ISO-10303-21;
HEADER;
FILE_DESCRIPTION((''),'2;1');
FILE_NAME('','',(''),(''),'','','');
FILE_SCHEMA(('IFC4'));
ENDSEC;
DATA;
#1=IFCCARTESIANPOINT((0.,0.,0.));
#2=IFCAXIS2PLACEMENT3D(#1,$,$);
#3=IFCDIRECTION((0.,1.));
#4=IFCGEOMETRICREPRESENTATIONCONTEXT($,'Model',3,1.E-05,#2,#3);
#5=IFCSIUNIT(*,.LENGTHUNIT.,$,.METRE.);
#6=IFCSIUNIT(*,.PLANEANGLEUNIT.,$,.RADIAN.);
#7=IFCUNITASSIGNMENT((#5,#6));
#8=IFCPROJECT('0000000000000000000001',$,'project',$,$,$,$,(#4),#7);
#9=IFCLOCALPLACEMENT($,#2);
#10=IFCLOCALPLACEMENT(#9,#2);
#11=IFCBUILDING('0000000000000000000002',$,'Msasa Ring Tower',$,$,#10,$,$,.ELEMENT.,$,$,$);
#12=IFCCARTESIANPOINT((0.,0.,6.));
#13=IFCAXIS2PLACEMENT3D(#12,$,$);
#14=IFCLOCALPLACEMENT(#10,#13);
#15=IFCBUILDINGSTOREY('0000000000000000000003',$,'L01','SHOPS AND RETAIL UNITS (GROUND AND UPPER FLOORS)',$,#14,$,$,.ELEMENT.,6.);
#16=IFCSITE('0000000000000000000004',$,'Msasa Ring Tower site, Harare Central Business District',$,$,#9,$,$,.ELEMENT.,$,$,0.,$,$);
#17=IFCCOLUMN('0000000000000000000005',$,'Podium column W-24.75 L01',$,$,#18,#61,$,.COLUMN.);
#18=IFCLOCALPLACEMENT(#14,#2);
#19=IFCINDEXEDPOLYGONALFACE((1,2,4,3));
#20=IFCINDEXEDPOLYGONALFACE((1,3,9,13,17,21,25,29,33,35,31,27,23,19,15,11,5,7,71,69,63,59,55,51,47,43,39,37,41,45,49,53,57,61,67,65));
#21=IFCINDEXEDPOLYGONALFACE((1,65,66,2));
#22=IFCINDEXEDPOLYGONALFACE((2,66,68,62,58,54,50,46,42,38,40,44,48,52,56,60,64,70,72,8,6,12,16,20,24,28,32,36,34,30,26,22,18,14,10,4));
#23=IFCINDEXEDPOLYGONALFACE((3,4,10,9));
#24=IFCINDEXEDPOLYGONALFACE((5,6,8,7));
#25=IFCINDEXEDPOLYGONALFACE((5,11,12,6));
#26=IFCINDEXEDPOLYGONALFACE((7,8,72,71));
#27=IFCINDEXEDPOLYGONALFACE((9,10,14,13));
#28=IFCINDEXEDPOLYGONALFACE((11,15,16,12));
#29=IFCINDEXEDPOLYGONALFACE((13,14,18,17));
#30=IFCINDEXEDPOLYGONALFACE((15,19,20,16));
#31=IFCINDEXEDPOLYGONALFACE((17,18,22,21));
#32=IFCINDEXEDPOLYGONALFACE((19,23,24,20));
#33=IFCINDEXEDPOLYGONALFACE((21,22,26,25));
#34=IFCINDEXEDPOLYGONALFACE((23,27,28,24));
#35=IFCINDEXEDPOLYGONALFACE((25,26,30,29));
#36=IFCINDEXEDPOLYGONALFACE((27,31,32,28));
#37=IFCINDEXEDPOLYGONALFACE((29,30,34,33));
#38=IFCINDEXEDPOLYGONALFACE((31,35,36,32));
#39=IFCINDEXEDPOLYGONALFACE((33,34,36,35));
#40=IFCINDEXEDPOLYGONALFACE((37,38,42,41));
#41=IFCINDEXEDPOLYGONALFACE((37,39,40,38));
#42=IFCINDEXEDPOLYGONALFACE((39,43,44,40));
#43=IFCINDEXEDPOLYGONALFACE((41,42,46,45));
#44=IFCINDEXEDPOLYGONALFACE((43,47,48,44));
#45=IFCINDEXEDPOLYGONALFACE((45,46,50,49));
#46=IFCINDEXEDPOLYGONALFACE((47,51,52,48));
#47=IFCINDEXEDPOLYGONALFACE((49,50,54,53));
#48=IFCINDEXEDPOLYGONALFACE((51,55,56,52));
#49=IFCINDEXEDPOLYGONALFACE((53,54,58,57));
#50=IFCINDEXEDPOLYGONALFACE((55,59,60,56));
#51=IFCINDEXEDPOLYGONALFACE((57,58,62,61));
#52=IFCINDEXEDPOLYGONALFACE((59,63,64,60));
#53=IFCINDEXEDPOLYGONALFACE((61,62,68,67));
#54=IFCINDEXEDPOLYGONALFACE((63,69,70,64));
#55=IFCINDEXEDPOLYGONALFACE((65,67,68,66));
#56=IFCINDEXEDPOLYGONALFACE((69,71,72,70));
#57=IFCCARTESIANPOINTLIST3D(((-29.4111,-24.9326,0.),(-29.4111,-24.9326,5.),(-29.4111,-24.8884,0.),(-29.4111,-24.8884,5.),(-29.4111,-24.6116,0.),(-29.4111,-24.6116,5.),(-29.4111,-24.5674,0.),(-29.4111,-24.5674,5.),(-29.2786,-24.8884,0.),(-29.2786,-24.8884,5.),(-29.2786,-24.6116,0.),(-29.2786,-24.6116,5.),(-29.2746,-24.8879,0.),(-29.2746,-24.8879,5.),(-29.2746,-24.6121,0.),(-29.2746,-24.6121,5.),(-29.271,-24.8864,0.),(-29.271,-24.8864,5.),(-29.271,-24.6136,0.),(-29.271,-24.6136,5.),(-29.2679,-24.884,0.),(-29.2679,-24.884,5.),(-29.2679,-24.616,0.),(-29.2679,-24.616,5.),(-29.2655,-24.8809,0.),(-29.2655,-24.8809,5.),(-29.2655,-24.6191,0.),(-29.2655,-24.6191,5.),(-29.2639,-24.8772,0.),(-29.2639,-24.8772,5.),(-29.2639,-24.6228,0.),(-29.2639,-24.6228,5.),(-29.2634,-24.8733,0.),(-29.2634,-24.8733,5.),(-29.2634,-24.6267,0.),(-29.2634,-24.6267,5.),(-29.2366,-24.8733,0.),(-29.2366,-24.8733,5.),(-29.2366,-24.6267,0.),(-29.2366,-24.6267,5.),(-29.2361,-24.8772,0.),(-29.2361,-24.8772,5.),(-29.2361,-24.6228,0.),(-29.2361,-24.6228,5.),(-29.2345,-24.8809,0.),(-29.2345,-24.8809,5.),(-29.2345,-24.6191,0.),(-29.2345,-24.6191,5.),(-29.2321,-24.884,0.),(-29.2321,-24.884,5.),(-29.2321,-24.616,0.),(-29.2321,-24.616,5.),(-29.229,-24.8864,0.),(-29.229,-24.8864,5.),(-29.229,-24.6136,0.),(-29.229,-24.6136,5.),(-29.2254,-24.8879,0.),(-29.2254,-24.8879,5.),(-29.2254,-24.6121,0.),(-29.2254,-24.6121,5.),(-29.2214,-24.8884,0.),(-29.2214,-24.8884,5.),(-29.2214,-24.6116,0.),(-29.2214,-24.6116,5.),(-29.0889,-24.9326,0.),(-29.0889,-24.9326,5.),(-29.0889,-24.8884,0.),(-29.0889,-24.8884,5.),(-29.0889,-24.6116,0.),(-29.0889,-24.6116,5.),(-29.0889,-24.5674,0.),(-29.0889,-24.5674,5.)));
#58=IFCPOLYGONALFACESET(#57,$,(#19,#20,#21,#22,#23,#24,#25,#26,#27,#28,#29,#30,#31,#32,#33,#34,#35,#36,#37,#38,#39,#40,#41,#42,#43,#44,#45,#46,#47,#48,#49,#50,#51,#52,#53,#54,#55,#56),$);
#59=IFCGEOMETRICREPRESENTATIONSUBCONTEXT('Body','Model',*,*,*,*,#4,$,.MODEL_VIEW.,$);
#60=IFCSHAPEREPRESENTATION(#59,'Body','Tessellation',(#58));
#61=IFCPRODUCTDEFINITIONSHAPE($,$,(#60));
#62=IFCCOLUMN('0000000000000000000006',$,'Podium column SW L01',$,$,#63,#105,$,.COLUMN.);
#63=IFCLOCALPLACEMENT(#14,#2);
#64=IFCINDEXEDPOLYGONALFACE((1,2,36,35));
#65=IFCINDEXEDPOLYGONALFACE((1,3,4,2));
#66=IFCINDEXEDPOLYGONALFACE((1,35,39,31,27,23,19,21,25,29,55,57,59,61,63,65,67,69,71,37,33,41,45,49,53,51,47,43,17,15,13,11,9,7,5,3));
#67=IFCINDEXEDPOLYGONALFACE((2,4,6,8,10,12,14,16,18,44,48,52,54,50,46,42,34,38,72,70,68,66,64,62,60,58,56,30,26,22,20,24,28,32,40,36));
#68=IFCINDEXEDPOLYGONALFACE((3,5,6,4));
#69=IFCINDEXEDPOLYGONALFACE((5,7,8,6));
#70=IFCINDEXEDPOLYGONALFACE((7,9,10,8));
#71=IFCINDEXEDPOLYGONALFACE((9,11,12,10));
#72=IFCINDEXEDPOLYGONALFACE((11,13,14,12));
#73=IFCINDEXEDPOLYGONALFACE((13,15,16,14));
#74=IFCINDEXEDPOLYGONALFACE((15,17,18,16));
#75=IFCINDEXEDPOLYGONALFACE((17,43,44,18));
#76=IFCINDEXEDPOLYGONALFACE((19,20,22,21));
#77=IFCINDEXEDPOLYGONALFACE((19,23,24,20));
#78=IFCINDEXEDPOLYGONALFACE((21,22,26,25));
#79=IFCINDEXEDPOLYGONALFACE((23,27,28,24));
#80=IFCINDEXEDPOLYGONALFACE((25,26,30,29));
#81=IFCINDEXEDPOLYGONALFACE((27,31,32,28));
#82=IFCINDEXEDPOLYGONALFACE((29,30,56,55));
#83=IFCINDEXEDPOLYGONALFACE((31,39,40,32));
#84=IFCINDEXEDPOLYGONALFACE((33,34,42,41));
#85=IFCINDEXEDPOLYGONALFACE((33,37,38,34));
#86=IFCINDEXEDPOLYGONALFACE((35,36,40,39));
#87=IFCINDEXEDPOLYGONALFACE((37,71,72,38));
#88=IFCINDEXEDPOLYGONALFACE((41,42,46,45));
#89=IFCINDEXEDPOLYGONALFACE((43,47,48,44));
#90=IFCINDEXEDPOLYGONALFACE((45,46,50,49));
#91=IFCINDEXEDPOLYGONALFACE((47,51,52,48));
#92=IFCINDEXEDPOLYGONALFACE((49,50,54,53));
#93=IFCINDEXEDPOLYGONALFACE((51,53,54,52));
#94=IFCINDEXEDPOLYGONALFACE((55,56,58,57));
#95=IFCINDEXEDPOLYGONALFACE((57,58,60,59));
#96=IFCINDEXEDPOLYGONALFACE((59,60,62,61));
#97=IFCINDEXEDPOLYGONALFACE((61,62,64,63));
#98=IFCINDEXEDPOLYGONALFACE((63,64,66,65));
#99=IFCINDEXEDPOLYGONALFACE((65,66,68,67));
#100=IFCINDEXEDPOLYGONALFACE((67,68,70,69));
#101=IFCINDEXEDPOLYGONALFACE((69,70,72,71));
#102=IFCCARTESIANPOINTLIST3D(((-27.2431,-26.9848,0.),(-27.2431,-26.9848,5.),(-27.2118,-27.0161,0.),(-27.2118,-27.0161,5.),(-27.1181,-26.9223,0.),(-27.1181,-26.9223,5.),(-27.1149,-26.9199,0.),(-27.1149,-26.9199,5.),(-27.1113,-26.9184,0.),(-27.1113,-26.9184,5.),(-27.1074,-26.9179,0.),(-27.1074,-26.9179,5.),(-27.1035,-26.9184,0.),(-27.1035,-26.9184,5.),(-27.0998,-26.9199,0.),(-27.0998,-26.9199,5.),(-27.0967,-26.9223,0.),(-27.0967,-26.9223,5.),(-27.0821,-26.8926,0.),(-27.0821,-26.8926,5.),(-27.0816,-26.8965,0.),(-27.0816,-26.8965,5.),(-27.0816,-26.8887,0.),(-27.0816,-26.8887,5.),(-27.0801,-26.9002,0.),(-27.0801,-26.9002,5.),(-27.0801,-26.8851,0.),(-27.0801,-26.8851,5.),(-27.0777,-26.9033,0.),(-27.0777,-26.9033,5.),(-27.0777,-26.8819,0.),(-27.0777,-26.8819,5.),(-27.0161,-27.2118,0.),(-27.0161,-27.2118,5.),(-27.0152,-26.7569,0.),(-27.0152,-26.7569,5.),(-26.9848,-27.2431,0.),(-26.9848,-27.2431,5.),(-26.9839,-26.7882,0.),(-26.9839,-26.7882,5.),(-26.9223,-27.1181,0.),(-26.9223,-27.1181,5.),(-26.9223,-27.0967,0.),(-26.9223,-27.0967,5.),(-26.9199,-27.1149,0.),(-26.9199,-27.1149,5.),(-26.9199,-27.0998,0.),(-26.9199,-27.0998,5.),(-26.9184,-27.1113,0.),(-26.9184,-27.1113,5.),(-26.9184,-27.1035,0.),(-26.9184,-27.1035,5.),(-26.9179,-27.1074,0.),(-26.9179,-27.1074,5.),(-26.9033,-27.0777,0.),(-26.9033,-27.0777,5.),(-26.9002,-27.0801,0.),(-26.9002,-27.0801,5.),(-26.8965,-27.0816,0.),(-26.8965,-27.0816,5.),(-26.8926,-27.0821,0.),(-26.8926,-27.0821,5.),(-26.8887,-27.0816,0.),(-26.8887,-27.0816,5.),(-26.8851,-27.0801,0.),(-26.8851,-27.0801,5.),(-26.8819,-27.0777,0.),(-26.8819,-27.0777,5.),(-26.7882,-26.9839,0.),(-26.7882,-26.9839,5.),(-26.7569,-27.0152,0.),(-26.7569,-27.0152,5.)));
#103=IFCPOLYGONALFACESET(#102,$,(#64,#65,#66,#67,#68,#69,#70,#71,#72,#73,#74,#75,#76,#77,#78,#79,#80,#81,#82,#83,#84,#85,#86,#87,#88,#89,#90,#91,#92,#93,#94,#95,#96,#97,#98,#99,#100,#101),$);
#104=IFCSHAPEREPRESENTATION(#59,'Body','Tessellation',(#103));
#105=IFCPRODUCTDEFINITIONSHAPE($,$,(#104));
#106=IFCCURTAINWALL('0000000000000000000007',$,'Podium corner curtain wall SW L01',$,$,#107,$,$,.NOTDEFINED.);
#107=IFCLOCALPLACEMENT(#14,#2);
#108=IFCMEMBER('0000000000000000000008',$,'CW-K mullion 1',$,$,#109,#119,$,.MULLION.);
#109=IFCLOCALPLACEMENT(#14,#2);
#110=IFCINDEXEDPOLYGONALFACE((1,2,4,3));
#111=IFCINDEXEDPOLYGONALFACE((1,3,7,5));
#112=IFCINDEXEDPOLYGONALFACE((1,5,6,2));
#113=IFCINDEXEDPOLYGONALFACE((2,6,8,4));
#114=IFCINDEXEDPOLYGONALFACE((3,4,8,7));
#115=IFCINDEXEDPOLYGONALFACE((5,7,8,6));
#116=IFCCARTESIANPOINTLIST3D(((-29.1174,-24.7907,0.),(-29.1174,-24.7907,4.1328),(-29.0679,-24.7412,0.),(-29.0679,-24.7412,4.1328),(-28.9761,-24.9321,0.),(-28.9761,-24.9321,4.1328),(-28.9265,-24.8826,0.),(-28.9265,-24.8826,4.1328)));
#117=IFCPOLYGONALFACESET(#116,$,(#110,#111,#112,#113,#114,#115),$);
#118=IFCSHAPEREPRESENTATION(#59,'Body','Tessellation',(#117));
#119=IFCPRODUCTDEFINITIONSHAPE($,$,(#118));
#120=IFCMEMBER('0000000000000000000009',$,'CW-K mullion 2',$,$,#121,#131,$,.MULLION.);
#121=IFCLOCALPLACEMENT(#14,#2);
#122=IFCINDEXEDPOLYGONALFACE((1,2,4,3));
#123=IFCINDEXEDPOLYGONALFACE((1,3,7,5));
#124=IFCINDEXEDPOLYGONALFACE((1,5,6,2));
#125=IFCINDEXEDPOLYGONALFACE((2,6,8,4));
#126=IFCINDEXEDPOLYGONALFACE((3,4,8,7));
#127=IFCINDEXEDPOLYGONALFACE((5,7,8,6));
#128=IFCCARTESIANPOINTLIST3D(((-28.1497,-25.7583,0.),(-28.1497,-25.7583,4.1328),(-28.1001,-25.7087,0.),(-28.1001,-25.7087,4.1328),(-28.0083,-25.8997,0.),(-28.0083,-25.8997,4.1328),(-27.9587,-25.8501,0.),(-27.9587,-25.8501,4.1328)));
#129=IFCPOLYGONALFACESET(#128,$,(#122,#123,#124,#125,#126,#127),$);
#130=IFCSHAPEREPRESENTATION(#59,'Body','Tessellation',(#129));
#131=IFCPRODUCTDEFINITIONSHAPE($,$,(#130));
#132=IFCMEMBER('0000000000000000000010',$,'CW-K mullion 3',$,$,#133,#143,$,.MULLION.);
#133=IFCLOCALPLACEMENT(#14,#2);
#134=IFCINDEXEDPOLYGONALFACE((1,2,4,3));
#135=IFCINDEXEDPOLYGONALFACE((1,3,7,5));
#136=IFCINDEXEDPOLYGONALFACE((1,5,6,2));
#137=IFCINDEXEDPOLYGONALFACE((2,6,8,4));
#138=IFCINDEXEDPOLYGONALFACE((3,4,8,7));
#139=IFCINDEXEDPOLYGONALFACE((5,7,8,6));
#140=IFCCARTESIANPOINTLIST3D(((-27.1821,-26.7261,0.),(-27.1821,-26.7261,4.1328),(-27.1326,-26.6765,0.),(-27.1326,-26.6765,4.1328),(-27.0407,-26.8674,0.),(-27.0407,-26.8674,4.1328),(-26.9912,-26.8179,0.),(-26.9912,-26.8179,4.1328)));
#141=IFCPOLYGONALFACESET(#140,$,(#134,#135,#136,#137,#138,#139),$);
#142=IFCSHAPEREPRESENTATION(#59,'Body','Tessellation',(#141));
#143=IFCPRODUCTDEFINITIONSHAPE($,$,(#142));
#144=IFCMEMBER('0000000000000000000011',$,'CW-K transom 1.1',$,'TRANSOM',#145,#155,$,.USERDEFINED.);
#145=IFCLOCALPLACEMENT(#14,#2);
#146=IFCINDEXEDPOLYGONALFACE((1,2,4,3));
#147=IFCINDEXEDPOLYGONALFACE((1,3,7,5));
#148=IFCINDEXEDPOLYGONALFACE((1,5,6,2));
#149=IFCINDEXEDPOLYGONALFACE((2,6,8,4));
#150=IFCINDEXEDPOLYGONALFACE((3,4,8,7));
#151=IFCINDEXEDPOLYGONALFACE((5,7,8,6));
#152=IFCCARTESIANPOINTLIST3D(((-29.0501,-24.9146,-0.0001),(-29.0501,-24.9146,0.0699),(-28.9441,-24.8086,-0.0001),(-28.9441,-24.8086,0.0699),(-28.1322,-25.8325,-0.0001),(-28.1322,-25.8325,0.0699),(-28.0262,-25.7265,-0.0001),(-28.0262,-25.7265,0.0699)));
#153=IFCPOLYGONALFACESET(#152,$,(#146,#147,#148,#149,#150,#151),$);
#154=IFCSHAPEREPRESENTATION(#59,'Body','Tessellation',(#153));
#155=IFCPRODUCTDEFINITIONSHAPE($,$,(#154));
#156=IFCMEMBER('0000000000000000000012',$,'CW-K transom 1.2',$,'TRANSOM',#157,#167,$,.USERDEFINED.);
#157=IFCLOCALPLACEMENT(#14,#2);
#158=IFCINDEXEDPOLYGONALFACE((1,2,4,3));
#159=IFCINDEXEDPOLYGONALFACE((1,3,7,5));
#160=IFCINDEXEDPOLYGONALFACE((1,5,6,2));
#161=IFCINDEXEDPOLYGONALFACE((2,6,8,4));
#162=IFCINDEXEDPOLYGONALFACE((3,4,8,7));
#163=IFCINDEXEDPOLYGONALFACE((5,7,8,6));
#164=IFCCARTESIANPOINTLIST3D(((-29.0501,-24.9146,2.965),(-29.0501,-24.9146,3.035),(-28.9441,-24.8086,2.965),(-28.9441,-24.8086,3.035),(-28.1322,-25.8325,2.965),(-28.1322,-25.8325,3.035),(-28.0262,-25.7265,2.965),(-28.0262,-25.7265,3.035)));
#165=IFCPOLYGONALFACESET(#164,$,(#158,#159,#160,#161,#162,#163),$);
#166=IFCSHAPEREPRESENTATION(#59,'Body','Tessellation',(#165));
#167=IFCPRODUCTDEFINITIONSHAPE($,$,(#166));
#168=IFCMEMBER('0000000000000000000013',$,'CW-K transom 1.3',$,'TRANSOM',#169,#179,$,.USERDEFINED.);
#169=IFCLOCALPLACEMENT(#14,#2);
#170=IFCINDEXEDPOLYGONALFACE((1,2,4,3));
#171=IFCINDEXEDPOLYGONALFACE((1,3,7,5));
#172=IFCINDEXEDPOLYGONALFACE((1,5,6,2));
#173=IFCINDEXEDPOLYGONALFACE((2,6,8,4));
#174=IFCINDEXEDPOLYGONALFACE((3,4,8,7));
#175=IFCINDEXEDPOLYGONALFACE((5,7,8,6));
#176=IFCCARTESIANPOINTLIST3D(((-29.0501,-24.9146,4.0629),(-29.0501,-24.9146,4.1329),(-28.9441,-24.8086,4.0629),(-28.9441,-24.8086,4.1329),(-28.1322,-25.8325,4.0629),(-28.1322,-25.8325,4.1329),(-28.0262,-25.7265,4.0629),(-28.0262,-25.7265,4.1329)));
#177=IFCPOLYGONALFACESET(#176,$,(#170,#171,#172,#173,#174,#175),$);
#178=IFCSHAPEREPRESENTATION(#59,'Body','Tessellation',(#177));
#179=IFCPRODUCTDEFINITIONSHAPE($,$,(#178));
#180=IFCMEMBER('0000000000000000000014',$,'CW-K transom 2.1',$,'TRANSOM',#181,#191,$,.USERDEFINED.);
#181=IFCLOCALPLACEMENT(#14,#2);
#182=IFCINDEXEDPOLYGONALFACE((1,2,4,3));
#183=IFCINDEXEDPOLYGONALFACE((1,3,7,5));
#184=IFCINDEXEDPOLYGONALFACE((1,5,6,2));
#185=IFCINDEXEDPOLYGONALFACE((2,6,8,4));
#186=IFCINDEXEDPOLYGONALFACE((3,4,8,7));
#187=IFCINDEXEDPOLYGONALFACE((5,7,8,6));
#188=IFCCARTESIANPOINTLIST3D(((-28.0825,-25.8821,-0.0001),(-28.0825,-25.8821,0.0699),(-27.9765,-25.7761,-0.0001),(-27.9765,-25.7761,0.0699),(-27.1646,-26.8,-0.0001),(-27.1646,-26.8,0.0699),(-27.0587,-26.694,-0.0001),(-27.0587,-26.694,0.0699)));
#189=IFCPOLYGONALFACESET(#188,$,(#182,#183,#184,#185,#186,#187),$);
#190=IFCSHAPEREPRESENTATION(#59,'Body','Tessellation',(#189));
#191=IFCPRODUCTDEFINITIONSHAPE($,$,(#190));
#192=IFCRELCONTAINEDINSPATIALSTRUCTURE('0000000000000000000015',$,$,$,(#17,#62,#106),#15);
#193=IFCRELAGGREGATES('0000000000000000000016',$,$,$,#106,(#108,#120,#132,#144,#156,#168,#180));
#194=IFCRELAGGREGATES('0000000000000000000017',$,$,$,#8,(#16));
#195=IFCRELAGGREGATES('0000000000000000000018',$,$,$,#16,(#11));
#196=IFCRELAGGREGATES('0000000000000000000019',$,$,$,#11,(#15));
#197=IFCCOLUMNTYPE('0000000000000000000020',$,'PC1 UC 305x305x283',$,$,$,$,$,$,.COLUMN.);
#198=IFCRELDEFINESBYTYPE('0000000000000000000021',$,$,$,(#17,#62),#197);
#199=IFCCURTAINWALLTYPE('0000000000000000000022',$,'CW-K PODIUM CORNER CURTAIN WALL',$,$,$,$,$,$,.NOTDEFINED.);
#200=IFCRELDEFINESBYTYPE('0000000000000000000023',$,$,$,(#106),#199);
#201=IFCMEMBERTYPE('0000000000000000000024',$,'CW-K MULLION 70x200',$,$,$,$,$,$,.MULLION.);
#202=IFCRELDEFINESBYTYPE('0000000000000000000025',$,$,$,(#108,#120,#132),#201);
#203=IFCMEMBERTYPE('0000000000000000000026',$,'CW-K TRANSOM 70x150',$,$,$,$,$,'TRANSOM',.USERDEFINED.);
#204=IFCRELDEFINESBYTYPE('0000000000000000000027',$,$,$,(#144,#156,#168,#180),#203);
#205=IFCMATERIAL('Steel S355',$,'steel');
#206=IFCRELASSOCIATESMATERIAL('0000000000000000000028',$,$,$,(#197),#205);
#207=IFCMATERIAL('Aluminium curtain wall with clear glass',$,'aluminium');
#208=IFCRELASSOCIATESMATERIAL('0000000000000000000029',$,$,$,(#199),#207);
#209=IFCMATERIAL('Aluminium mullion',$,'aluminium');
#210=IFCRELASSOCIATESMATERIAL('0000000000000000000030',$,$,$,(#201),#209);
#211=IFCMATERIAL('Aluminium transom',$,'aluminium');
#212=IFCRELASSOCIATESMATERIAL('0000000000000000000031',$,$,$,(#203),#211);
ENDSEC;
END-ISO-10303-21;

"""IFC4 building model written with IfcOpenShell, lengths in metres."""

from ifc_helpers import new_model, si_unit, direction, frame, origin, origin_2d, place, context, subcontext, project, spatial, rectangle, i_section, extrude, material, material_profile, profile_set, type_object, element, aggregate, save


model = new_model("IFC4")

# Units and contexts
model_context = context("Model", 3, precision=1e-05, world=origin(), true_north=direction((0.0, 1.0)))
body_context = subcontext(model_context, "Body", "Model", "MODEL_VIEW")
ifc_project = project(units=[si_unit("LENGTHUNIT", "METRE"), si_unit("PLANEANGLEUNIT", "RADIAN")], contexts=[model_context])

# Site, building, storey
site_placement = place(None, origin())
site = spatial("IfcSite", under=ifc_project, at=site_placement, Name="Msasa Ring Tower site, Harare Central Business District", CompositionType="ELEMENT", RefElevation=0.0)
building_placement = place(site_placement, origin())
building = spatial("IfcBuilding", under=site, at=building_placement, Name="Msasa Ring Tower", CompositionType="ELEMENT")
storey_placement = place(building_placement, frame((0.0, 0.0, 6.0)))
storey = spatial("IfcBuildingStorey", under=building, at=storey_placement, Name="L01", Description="SHOPS AND RETAIL UNITS (GROUND AND UPPER FLOORS)", CompositionType="ELEMENT", Elevation=6.0)

# Columns
ifc_material_1 = material(Name="Steel S355", Category="steel")
ifc_material_profile_1 = material_profile(ifc_material_1, i_section(OverallWidth=0.3223, OverallDepth=0.3652, WebThickness=0.0269, FlangeThickness=0.0442, FilletRadius=0.0151, at=origin_2d()), Name="UC 305x305x283")
ifc_profile_set_1 = profile_set([ifc_material_profile_1], Name="Steel S355")
column_type = type_object("IfcColumnType", Name="PC1 UC 305x305x283", PredefinedType="COLUMN", material=ifc_profile_set_1)
for number, where, z_axis, x_axis, name in (
    (1, (-29.25, -24.75, 0.0), (0.0, 0.0, 1.0), (1.0, 0.0, 0.0), "Podium column W-24.75 L01"),
    (2, (-27.0, -27.0, 0.0), (0.0, 0.0, 1.0), (0.707107, 0.707107, 0.0), "Podium column SW L01"),
):
    element("IfcColumn", number, at=place(storey_placement, frame(where, z_axis=z_axis, x_axis=x_axis)), inside=storey, type_object=column_type, Name=name, PredefinedType="COLUMN", context=body_context, shape_type="SweptSolid", body=[
        extrude(i_section(OverallWidth=0.3223, OverallDepth=0.3652, WebThickness=0.0269, FlangeThickness=0.0442, FilletRadius=0.0151, at=origin_2d()), origin(), (0.0, 0.0, 1.0), 5.0),
    ])

# Curtain wall, members
ifc_material_2 = material(Name="Aluminium curtain wall with clear glass", Category="aluminium")
curtain_wall_type = type_object("IfcCurtainWallType", Name="CW-K PODIUM CORNER CURTAIN WALL", PredefinedType="NOTDEFINED", material=ifc_material_2)
curtain_wall_placement = place(storey_placement, origin())
curtain_wall = element("IfcCurtainWall", 3, at=curtain_wall_placement, inside=storey, type_object=curtain_wall_type, Name="Podium corner curtain wall SW L01", PredefinedType="NOTDEFINED")
ifc_material_3 = material(Name="Aluminium mullion", Category="aluminium")
ifc_material_profile_2 = material_profile(ifc_material_3, rectangle(XDim=0.0701, YDim=0.2, at=origin_2d()), Name="AL 70x200")
ifc_profile_set_2 = profile_set([ifc_material_profile_2], Name="Aluminium mullion")
member_type_1 = type_object("IfcMemberType", Name="CW-K MULLION 70x200", PredefinedType="MULLION", material=ifc_profile_set_2)
member_1_placement = place(storey_placement, frame((-29.022, -24.8367, 0.0), z_axis=(0.0, 0.0, 1.0), x_axis=(0.707107, 0.707107, 0.0)))
member_1 = element("IfcMember", 4, at=member_1_placement, type_object=member_type_1, Name="CW-K mullion 1", PredefinedType="MULLION", context=body_context, shape_type="SweptSolid", body=[
    extrude(rectangle(XDim=0.0701, YDim=0.2, at=origin_2d()), origin(), (0.0, 0.0, 1.0), 4.1328),
])
member_2_placement = place(storey_placement, frame((-28.0542, -25.8042, 0.0), z_axis=(0.0, 0.0, 1.0), x_axis=(0.707107, 0.707107, 0.0)))
member_2 = element("IfcMember", 5, at=member_2_placement, type_object=member_type_1, Name="CW-K mullion 2", PredefinedType="MULLION", context=body_context, shape_type="SweptSolid", body=[
    extrude(rectangle(XDim=0.0701, YDim=0.2, at=origin_2d()), origin(), (0.0, 0.0, 1.0), 4.1328),
])
member_3_placement = place(storey_placement, frame((-27.0867, -26.772, 0.0), z_axis=(0.0, 0.0, 1.0), x_axis=(0.707107, 0.707107, 0.0)))
member_3 = element("IfcMember", 6, at=member_3_placement, type_object=member_type_1, Name="CW-K mullion 3", PredefinedType="MULLION", context=body_context, shape_type="SweptSolid", body=[
    extrude(rectangle(XDim=0.0701, YDim=0.2, at=origin_2d()), origin(), (0.0, 0.0, 1.0), 4.1328),
])
ifc_material_4 = material(Name="Aluminium transom", Category="aluminium")
ifc_material_profile_3 = material_profile(ifc_material_4, rectangle(XDim=0.1499, YDim=0.0701, at=origin_2d()), Name="AL 70x150")
ifc_profile_set_3 = profile_set([ifc_material_profile_3], Name="Aluminium transom")
member_type_2 = type_object("IfcMemberType", Name="CW-K TRANSOM 70x150", ElementType="TRANSOM", PredefinedType="USERDEFINED", material=ifc_profile_set_3)
member_4_placement = place(storey_placement, frame((-28.9971, -24.8616, 0.0349), z_axis=(0.707107, -0.707107, 0.0), x_axis=(0.707107, 0.707107, 0.0)))
member_4 = element("IfcMember", 7, at=member_4_placement, type_object=member_type_2, Name="CW-K transom 1.1", ObjectType="TRANSOM", PredefinedType="USERDEFINED", context=body_context, shape_type="SweptSolid", body=[
    extrude(rectangle(XDim=0.1499, YDim=0.0701, at=origin_2d()), origin(), (0.0, 0.0, 1.0), 1.2981),
])
member_5_placement = place(storey_placement, frame((-28.9971, -24.8616, 3.0), z_axis=(0.707107, -0.707107, 0.0), x_axis=(0.707107, 0.707107, 0.0)))
member_5 = element("IfcMember", 8, at=member_5_placement, type_object=member_type_2, Name="CW-K transom 1.2", ObjectType="TRANSOM", PredefinedType="USERDEFINED", context=body_context, shape_type="SweptSolid", body=[
    extrude(rectangle(XDim=0.1499, YDim=0.0701, at=origin_2d()), origin(), (0.0, 0.0, 1.0), 1.2981),
])
member_6_placement = place(storey_placement, frame((-28.9971, -24.8616, 4.0979), z_axis=(0.707107, -0.707107, 0.0), x_axis=(0.707107, 0.707107, 0.0)))
member_6 = element("IfcMember", 9, at=member_6_placement, type_object=member_type_2, Name="CW-K transom 1.3", ObjectType="TRANSOM", PredefinedType="USERDEFINED", context=body_context, shape_type="SweptSolid", body=[
    extrude(rectangle(XDim=0.1499, YDim=0.0701, at=origin_2d()), origin(), (0.0, 0.0, 1.0), 1.2981),
])
member_7_placement = place(storey_placement, frame((-28.0295, -25.8291, 0.0349), z_axis=(0.707107, -0.707107, 0.0), x_axis=(0.707107, 0.707107, 0.0)))
member_7 = element("IfcMember", 10, at=member_7_placement, type_object=member_type_2, Name="CW-K transom 2.1", ObjectType="TRANSOM", PredefinedType="USERDEFINED", context=body_context, shape_type="SweptSolid", body=[
    extrude(rectangle(XDim=0.1499, YDim=0.0701, at=origin_2d()), origin(), (0.0, 0.0, 1.0), 1.2981),
])

aggregate(curtain_wall, [member_1, member_2, member_3, member_4, member_5, member_6, member_7])

save(model, "model.ifc")
